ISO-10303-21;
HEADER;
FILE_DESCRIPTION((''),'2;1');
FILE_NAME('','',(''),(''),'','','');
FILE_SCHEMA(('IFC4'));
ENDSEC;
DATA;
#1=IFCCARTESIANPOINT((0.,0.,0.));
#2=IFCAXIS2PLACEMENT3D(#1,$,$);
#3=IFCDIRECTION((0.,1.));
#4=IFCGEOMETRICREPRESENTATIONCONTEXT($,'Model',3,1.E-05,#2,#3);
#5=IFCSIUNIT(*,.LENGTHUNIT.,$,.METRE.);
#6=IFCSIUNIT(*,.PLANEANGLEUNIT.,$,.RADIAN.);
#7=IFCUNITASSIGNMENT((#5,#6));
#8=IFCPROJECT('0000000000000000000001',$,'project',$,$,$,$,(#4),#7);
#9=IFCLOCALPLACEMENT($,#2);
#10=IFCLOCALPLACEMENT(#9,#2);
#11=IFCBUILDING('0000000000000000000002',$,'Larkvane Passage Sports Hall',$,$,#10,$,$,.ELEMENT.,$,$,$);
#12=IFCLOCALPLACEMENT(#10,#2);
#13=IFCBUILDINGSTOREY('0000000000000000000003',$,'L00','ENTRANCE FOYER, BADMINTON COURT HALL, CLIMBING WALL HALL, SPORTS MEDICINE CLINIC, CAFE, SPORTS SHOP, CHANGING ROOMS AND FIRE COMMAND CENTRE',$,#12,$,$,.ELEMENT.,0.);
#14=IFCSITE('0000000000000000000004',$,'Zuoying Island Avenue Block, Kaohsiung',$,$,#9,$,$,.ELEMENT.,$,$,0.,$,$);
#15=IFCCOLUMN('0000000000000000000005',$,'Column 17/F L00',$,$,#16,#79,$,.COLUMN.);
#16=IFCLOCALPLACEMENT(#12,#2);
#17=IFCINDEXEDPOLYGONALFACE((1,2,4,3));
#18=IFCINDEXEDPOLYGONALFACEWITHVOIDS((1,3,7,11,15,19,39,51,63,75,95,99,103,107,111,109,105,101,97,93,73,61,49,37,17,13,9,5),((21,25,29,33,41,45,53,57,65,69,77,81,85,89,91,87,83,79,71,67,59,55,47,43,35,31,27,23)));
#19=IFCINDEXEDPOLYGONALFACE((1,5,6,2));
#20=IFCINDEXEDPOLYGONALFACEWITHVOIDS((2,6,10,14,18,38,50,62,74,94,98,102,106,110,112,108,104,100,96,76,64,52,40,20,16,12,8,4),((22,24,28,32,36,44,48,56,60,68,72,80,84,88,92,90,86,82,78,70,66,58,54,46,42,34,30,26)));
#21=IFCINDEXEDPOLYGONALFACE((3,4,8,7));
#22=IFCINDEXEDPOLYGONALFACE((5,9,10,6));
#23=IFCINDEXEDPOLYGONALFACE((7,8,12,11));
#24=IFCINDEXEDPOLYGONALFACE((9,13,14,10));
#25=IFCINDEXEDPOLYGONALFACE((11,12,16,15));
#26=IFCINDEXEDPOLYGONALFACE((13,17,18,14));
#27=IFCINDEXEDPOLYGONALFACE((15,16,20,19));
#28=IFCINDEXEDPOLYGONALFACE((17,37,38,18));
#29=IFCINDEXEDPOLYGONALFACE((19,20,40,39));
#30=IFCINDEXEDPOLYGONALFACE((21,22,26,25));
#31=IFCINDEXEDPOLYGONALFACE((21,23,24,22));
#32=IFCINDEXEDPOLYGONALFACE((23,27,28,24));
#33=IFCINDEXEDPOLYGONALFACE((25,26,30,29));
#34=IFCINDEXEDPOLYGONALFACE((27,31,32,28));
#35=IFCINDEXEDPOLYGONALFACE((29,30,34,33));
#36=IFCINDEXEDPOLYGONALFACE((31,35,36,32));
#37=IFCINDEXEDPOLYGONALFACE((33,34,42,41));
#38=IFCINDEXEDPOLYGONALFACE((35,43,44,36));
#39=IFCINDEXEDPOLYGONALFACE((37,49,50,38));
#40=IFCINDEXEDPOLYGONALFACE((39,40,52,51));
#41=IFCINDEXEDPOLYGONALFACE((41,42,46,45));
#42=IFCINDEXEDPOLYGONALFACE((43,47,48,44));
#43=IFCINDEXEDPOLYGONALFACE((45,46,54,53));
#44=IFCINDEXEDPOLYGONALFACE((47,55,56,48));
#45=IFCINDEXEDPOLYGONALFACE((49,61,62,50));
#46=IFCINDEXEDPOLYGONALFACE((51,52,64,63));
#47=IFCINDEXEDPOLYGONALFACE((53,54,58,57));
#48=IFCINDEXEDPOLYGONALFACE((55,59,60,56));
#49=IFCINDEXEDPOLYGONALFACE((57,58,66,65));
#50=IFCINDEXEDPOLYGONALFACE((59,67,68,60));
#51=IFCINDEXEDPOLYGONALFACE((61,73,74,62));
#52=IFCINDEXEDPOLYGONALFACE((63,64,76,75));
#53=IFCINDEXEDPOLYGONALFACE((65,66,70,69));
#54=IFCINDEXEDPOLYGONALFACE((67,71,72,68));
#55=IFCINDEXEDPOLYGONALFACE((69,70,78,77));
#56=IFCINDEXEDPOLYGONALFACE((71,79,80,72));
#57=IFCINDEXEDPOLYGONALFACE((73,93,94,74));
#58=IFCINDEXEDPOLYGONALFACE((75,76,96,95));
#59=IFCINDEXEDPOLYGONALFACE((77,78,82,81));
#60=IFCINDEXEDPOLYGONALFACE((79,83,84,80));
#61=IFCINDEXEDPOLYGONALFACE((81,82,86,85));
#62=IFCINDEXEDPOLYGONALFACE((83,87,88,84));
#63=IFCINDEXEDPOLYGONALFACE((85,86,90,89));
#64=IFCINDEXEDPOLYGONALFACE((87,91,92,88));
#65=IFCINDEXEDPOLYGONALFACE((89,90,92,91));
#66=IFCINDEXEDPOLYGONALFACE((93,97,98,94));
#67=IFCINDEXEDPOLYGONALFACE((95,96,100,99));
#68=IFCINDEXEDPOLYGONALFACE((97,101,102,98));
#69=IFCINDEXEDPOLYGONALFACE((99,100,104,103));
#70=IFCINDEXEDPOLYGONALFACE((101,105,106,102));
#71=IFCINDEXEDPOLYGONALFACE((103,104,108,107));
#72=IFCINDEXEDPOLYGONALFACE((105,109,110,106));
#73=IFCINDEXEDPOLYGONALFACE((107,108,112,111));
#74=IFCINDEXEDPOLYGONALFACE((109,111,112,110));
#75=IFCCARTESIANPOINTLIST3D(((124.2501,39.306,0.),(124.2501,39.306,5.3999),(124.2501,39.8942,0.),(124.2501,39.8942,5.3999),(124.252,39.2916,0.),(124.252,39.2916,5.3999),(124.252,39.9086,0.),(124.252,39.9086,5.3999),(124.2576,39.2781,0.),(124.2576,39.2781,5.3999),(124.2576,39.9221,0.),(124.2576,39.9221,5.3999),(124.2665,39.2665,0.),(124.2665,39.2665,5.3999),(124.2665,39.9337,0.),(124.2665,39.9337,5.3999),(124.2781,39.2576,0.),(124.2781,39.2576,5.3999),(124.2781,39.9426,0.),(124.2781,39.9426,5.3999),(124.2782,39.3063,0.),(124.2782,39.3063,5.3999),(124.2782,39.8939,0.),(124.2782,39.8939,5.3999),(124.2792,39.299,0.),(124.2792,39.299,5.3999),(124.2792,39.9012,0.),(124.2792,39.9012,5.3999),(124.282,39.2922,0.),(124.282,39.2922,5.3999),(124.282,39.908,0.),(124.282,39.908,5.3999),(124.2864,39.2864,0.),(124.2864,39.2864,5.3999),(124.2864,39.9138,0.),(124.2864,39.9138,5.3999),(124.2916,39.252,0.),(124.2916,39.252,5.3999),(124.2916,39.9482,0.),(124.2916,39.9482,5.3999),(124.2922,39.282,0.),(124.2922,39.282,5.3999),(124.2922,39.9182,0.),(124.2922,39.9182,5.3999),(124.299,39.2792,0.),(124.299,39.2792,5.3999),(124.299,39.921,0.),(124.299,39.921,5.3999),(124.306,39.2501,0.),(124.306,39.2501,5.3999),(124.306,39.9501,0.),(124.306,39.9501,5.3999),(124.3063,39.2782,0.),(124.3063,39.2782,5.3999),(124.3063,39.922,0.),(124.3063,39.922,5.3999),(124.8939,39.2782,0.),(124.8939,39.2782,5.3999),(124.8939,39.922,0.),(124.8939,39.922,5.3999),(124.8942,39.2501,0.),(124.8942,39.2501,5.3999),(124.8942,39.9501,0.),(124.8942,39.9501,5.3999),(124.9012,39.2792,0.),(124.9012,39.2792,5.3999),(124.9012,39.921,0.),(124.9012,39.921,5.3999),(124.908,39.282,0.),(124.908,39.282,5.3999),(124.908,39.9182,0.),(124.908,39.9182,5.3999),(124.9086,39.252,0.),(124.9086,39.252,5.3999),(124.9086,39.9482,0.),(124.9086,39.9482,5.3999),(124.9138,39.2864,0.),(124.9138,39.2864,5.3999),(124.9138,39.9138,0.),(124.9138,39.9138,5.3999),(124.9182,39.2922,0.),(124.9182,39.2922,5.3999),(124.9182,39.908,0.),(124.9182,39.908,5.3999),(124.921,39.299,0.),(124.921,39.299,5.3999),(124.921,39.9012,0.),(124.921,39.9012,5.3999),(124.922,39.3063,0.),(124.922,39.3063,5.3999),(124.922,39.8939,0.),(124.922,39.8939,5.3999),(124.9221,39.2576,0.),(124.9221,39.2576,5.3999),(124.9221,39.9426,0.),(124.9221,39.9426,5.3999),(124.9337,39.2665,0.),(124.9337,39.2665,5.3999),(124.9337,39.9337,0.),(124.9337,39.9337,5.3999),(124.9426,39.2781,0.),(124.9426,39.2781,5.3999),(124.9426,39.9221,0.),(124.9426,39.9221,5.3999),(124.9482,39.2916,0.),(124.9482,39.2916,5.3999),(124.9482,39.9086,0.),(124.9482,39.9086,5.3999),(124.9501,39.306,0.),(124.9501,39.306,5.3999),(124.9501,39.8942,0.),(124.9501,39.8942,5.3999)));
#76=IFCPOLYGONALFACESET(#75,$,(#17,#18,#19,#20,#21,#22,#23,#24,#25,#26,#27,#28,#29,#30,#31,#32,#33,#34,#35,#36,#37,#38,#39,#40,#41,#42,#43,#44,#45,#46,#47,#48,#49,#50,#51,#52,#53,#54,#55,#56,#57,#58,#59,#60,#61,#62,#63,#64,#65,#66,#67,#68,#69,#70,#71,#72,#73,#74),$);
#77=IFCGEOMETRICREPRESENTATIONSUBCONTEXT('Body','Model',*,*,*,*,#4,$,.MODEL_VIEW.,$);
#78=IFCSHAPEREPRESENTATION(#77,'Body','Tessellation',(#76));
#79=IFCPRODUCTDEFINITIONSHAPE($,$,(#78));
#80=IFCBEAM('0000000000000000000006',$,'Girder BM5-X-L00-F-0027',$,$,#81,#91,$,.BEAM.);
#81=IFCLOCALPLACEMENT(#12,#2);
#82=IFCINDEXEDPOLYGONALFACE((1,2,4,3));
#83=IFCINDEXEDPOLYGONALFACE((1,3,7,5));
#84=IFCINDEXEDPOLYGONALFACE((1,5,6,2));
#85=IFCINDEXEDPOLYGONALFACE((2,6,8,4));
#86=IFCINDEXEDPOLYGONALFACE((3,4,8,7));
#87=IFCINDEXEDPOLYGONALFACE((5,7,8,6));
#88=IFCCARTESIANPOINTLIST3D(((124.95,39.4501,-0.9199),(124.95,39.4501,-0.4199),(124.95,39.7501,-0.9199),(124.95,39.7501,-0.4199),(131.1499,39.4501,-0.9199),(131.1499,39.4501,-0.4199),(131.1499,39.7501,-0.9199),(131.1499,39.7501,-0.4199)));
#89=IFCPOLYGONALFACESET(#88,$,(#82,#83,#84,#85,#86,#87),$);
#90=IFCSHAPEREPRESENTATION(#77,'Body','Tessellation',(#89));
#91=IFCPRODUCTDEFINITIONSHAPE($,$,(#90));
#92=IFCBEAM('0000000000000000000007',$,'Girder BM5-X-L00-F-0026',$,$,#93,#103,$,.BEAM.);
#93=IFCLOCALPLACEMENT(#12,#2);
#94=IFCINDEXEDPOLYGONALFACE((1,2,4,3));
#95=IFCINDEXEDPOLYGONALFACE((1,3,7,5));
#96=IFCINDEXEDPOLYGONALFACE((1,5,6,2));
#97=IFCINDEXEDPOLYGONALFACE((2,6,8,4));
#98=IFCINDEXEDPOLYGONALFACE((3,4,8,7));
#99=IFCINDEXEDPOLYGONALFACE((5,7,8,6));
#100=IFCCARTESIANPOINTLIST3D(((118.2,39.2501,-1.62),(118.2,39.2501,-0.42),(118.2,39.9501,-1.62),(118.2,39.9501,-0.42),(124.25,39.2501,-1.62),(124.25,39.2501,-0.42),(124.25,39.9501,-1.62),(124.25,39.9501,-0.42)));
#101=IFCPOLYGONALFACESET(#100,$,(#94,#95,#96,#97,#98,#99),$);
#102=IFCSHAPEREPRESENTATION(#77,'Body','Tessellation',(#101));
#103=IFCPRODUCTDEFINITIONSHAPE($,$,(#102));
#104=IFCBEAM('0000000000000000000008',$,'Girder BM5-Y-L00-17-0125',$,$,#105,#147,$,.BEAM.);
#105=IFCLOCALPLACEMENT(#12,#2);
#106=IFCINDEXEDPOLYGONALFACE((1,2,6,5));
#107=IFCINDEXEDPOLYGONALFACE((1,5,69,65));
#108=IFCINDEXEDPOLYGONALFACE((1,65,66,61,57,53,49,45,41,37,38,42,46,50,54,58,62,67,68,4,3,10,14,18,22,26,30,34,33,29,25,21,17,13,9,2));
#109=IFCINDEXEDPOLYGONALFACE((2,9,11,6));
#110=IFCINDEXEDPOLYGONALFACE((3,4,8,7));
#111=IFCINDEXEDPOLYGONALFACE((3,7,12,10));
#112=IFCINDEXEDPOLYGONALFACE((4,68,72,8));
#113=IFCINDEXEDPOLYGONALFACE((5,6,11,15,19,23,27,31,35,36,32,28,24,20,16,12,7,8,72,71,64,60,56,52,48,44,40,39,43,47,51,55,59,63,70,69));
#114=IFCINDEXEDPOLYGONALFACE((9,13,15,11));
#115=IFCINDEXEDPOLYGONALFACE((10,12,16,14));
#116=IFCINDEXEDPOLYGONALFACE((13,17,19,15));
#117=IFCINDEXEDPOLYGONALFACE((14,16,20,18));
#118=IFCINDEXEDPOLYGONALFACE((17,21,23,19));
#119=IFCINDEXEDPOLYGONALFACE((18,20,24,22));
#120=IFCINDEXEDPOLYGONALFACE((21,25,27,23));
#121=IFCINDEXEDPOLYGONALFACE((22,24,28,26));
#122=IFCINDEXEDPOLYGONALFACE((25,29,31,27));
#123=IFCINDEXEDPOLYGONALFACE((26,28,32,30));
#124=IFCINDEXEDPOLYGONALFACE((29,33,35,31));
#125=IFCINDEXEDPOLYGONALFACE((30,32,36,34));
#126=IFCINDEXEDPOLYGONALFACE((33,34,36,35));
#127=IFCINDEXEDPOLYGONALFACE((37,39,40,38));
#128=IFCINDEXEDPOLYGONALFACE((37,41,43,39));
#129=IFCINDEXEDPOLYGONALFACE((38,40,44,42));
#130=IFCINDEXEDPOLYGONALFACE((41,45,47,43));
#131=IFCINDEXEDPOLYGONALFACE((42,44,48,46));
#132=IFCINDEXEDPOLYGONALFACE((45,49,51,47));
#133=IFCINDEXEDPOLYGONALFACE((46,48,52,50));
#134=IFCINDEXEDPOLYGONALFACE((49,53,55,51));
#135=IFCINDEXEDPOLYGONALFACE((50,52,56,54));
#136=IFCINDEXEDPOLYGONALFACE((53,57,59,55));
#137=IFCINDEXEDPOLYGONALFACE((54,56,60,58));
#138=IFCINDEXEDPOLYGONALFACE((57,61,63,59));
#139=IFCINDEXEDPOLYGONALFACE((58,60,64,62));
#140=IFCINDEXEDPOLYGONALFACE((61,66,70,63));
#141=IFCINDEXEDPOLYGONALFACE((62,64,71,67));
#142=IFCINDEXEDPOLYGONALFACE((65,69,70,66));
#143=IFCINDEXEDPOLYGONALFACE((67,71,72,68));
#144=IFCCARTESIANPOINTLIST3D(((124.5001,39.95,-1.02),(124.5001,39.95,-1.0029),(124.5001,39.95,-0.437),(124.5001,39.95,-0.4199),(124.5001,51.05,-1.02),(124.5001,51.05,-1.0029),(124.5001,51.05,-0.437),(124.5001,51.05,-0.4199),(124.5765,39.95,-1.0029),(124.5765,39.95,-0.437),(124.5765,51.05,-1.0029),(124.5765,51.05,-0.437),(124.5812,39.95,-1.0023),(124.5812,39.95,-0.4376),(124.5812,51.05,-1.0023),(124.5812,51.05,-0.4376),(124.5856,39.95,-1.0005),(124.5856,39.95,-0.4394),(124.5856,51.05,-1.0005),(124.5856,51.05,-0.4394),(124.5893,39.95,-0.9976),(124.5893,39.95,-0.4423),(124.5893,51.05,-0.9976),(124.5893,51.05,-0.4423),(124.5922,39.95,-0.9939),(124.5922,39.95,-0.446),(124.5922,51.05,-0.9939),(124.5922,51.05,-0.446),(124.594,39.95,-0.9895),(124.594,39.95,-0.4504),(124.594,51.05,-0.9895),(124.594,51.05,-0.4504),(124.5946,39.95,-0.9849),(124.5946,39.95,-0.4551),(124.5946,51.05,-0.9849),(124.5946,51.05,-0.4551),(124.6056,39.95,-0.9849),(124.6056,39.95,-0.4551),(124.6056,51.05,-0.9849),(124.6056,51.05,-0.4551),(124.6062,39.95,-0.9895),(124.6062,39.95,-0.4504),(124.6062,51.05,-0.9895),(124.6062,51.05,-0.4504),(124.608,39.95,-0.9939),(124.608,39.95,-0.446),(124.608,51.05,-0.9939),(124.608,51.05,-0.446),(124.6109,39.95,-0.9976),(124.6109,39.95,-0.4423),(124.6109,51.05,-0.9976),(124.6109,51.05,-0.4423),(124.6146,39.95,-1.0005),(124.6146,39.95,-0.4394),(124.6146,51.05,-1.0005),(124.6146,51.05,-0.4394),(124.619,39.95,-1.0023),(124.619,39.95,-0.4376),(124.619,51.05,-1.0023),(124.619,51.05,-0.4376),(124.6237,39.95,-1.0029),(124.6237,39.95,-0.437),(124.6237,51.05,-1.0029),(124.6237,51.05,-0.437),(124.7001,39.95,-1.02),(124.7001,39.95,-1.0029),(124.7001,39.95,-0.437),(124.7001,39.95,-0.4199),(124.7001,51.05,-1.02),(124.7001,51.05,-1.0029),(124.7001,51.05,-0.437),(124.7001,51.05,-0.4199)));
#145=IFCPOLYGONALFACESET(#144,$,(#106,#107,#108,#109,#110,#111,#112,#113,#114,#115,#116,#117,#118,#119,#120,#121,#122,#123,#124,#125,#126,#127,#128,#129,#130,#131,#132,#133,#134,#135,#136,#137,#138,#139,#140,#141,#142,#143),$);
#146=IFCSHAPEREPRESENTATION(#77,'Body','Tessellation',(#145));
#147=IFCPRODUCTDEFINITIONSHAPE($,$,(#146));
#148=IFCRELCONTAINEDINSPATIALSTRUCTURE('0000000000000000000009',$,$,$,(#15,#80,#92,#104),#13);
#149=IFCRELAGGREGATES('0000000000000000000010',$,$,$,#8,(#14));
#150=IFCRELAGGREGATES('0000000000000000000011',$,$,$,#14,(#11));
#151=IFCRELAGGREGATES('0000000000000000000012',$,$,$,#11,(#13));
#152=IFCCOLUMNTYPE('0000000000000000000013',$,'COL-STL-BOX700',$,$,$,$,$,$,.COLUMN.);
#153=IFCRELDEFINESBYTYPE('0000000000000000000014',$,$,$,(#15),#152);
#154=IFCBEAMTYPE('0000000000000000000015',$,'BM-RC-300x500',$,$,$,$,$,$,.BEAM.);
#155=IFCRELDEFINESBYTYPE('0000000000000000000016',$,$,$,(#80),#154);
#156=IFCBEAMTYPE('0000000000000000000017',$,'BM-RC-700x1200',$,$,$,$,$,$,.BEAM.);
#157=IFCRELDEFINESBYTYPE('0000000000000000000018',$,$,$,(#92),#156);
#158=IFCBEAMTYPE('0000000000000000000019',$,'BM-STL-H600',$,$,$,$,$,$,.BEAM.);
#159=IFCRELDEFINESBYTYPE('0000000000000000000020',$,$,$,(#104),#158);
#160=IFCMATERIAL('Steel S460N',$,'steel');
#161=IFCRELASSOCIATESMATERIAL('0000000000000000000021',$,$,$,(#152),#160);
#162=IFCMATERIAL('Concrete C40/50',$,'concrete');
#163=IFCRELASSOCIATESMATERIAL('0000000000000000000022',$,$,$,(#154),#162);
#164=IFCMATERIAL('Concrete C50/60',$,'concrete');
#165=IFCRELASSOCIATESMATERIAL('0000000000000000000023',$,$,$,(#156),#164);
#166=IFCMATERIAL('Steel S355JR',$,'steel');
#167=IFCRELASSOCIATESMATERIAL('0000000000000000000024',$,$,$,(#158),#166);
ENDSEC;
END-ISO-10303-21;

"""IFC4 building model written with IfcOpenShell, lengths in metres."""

from ifc_helpers import new_model, si_unit, direction, frame, origin, origin_2d, place, context, subcontext, project, spatial, rectangle, hollow_rectangle, i_section, extrude, material, material_profile, profile_set, type_object, element, save


model = new_model("IFC4")

# Units and contexts
model_context = context("Model", 3, precision=1e-05, world=origin(), true_north=direction((0.0, 1.0)))
body_context = subcontext(model_context, "Body", "Model", "MODEL_VIEW")
ifc_project = project(units=[si_unit("LENGTHUNIT", "METRE"), si_unit("PLANEANGLEUNIT", "RADIAN")], contexts=[model_context])

# Site, building, storey
site_placement = place(None, origin())
site = spatial("IfcSite", under=ifc_project, at=site_placement, Name="Zuoying Island Avenue Block, Kaohsiung", CompositionType="ELEMENT", RefElevation=0.0)
building_placement = place(site_placement, origin())
building = spatial("IfcBuilding", under=site, at=building_placement, Name="Larkvane Passage Sports Hall", CompositionType="ELEMENT")
storey_placement = place(building_placement, origin())
storey = spatial("IfcBuildingStorey", under=building, at=storey_placement, Name="L00", Description="ENTRANCE FOYER, BADMINTON COURT HALL, CLIMBING WALL HALL, SPORTS MEDICINE CLINIC, CAFE, SPORTS SHOP, CHANGING ROOMS AND FIRE COMMAND CENTRE", CompositionType="ELEMENT", Elevation=0.0)

# Column
ifc_material_1 = material(Name="Steel S460N", Category="steel")
ifc_material_profile_1 = material_profile(ifc_material_1, hollow_rectangle(XDim=0.7, YDim=0.7, WallThickness=0.0281, InnerFilletRadius=0.0281, OuterFilletRadius=0.0559, at=origin_2d()), Name="BOX-700x700x28")
ifc_profile_set_1 = profile_set([ifc_material_profile_1], Name="Steel S460N")
column_type = type_object("IfcColumnType", Name="COL-STL-BOX700", PredefinedType="COLUMN", material=ifc_profile_set_1)
column_placement = place(storey_placement, frame((124.6001, 39.6001, 0.0), z_axis=(0.0, 0.0, 1.0), x_axis=(1.0, 0.0, 0.0)))
element("IfcColumn", 1, at=column_placement, inside=storey, type_object=column_type, Name="Column 17/F L00", PredefinedType="COLUMN", context=body_context, shape_type="SweptSolid", body=[
    extrude(hollow_rectangle(XDim=0.7, YDim=0.7, WallThickness=0.0281, InnerFilletRadius=0.0281, OuterFilletRadius=0.0559, at=origin_2d()), origin(), (0.0, 0.0, 1.0), 5.3999),
])

# Beams
ifc_material_2 = material(Name="Concrete C40/50", Category="concrete")
ifc_material_profile_2 = material_profile(ifc_material_2, rectangle(XDim=0.3, YDim=0.5, at=origin_2d()), Name="RC-BM-300x500")
ifc_profile_set_2 = profile_set([ifc_material_profile_2], Name="Concrete C40/50")
beam_type_1 = type_object("IfcBeamType", Name="BM-RC-300x500", PredefinedType="BEAM", material=ifc_profile_set_2)
beam_1_placement = place(storey_placement, frame((124.95, 39.6001, -0.6699), z_axis=(1.0, 0.0, 0.0), x_axis=(0.0, 1.0, 0.0)))
element("IfcBeam", 2, at=beam_1_placement, inside=storey, type_object=beam_type_1, Name="Girder BM5-X-L00-F-0027", PredefinedType="BEAM", context=body_context, shape_type="SweptSolid", body=[
    extrude(rectangle(XDim=0.3, YDim=0.5, at=origin_2d()), origin(), (0.0, 0.0, 1.0), 6.2),
])
ifc_material_3 = material(Name="Concrete C50/60", Category="concrete")
ifc_material_profile_3 = material_profile(ifc_material_3, rectangle(XDim=0.7, YDim=1.2, at=origin_2d()), Name="RC-BM-700x1200")
ifc_profile_set_3 = profile_set([ifc_material_profile_3], Name="Concrete C50/60")
beam_type_2 = type_object("IfcBeamType", Name="BM-RC-700x1200", PredefinedType="BEAM", material=ifc_profile_set_3)
beam_2_placement = place(storey_placement, frame((118.2, 39.6001, -1.02), z_axis=(1.0, 0.0, 0.0), x_axis=(0.0, 1.0, 0.0)))
element("IfcBeam", 3, at=beam_2_placement, inside=storey, type_object=beam_type_2, Name="Girder BM5-X-L00-F-0026", PredefinedType="BEAM", context=body_context, shape_type="SweptSolid", body=[
    extrude(rectangle(XDim=0.7, YDim=1.2, at=origin_2d()), origin(), (0.0, 0.0, 1.0), 6.05),
])
ifc_material_4 = material(Name="Steel S355JR", Category="steel")
ifc_material_profile_4 = material_profile(ifc_material_4, i_section(OverallWidth=0.2, OverallDepth=0.6001, WebThickness=0.011, FlangeThickness=0.0171, FilletRadius=0.0181, at=origin_2d()), Name="H-600x200x11x17")
ifc_profile_set_4 = profile_set([ifc_material_profile_4], Name="Steel S355JR")
beam_type_3 = type_object("IfcBeamType", Name="BM-STL-H600", PredefinedType="BEAM", material=ifc_profile_set_4)
beam_3_placement = place(storey_placement, frame((124.6001, 39.95, -0.72), z_axis=(0.0, 1.0, 0.0), x_axis=(-1.0, 0.0, 0.0)))
element("IfcBeam", 4, at=beam_3_placement, inside=storey, type_object=beam_type_3, Name="Girder BM5-Y-L00-17-0125", PredefinedType="BEAM", context=body_context, shape_type="SweptSolid", body=[
    extrude(i_section(OverallWidth=0.2, OverallDepth=0.6001, WebThickness=0.011, FlangeThickness=0.0171, FilletRadius=0.0181, at=origin_2d()), origin(), (0.0, 0.0, 1.0), 11.1001),
])

save(model, "model.ifc")
